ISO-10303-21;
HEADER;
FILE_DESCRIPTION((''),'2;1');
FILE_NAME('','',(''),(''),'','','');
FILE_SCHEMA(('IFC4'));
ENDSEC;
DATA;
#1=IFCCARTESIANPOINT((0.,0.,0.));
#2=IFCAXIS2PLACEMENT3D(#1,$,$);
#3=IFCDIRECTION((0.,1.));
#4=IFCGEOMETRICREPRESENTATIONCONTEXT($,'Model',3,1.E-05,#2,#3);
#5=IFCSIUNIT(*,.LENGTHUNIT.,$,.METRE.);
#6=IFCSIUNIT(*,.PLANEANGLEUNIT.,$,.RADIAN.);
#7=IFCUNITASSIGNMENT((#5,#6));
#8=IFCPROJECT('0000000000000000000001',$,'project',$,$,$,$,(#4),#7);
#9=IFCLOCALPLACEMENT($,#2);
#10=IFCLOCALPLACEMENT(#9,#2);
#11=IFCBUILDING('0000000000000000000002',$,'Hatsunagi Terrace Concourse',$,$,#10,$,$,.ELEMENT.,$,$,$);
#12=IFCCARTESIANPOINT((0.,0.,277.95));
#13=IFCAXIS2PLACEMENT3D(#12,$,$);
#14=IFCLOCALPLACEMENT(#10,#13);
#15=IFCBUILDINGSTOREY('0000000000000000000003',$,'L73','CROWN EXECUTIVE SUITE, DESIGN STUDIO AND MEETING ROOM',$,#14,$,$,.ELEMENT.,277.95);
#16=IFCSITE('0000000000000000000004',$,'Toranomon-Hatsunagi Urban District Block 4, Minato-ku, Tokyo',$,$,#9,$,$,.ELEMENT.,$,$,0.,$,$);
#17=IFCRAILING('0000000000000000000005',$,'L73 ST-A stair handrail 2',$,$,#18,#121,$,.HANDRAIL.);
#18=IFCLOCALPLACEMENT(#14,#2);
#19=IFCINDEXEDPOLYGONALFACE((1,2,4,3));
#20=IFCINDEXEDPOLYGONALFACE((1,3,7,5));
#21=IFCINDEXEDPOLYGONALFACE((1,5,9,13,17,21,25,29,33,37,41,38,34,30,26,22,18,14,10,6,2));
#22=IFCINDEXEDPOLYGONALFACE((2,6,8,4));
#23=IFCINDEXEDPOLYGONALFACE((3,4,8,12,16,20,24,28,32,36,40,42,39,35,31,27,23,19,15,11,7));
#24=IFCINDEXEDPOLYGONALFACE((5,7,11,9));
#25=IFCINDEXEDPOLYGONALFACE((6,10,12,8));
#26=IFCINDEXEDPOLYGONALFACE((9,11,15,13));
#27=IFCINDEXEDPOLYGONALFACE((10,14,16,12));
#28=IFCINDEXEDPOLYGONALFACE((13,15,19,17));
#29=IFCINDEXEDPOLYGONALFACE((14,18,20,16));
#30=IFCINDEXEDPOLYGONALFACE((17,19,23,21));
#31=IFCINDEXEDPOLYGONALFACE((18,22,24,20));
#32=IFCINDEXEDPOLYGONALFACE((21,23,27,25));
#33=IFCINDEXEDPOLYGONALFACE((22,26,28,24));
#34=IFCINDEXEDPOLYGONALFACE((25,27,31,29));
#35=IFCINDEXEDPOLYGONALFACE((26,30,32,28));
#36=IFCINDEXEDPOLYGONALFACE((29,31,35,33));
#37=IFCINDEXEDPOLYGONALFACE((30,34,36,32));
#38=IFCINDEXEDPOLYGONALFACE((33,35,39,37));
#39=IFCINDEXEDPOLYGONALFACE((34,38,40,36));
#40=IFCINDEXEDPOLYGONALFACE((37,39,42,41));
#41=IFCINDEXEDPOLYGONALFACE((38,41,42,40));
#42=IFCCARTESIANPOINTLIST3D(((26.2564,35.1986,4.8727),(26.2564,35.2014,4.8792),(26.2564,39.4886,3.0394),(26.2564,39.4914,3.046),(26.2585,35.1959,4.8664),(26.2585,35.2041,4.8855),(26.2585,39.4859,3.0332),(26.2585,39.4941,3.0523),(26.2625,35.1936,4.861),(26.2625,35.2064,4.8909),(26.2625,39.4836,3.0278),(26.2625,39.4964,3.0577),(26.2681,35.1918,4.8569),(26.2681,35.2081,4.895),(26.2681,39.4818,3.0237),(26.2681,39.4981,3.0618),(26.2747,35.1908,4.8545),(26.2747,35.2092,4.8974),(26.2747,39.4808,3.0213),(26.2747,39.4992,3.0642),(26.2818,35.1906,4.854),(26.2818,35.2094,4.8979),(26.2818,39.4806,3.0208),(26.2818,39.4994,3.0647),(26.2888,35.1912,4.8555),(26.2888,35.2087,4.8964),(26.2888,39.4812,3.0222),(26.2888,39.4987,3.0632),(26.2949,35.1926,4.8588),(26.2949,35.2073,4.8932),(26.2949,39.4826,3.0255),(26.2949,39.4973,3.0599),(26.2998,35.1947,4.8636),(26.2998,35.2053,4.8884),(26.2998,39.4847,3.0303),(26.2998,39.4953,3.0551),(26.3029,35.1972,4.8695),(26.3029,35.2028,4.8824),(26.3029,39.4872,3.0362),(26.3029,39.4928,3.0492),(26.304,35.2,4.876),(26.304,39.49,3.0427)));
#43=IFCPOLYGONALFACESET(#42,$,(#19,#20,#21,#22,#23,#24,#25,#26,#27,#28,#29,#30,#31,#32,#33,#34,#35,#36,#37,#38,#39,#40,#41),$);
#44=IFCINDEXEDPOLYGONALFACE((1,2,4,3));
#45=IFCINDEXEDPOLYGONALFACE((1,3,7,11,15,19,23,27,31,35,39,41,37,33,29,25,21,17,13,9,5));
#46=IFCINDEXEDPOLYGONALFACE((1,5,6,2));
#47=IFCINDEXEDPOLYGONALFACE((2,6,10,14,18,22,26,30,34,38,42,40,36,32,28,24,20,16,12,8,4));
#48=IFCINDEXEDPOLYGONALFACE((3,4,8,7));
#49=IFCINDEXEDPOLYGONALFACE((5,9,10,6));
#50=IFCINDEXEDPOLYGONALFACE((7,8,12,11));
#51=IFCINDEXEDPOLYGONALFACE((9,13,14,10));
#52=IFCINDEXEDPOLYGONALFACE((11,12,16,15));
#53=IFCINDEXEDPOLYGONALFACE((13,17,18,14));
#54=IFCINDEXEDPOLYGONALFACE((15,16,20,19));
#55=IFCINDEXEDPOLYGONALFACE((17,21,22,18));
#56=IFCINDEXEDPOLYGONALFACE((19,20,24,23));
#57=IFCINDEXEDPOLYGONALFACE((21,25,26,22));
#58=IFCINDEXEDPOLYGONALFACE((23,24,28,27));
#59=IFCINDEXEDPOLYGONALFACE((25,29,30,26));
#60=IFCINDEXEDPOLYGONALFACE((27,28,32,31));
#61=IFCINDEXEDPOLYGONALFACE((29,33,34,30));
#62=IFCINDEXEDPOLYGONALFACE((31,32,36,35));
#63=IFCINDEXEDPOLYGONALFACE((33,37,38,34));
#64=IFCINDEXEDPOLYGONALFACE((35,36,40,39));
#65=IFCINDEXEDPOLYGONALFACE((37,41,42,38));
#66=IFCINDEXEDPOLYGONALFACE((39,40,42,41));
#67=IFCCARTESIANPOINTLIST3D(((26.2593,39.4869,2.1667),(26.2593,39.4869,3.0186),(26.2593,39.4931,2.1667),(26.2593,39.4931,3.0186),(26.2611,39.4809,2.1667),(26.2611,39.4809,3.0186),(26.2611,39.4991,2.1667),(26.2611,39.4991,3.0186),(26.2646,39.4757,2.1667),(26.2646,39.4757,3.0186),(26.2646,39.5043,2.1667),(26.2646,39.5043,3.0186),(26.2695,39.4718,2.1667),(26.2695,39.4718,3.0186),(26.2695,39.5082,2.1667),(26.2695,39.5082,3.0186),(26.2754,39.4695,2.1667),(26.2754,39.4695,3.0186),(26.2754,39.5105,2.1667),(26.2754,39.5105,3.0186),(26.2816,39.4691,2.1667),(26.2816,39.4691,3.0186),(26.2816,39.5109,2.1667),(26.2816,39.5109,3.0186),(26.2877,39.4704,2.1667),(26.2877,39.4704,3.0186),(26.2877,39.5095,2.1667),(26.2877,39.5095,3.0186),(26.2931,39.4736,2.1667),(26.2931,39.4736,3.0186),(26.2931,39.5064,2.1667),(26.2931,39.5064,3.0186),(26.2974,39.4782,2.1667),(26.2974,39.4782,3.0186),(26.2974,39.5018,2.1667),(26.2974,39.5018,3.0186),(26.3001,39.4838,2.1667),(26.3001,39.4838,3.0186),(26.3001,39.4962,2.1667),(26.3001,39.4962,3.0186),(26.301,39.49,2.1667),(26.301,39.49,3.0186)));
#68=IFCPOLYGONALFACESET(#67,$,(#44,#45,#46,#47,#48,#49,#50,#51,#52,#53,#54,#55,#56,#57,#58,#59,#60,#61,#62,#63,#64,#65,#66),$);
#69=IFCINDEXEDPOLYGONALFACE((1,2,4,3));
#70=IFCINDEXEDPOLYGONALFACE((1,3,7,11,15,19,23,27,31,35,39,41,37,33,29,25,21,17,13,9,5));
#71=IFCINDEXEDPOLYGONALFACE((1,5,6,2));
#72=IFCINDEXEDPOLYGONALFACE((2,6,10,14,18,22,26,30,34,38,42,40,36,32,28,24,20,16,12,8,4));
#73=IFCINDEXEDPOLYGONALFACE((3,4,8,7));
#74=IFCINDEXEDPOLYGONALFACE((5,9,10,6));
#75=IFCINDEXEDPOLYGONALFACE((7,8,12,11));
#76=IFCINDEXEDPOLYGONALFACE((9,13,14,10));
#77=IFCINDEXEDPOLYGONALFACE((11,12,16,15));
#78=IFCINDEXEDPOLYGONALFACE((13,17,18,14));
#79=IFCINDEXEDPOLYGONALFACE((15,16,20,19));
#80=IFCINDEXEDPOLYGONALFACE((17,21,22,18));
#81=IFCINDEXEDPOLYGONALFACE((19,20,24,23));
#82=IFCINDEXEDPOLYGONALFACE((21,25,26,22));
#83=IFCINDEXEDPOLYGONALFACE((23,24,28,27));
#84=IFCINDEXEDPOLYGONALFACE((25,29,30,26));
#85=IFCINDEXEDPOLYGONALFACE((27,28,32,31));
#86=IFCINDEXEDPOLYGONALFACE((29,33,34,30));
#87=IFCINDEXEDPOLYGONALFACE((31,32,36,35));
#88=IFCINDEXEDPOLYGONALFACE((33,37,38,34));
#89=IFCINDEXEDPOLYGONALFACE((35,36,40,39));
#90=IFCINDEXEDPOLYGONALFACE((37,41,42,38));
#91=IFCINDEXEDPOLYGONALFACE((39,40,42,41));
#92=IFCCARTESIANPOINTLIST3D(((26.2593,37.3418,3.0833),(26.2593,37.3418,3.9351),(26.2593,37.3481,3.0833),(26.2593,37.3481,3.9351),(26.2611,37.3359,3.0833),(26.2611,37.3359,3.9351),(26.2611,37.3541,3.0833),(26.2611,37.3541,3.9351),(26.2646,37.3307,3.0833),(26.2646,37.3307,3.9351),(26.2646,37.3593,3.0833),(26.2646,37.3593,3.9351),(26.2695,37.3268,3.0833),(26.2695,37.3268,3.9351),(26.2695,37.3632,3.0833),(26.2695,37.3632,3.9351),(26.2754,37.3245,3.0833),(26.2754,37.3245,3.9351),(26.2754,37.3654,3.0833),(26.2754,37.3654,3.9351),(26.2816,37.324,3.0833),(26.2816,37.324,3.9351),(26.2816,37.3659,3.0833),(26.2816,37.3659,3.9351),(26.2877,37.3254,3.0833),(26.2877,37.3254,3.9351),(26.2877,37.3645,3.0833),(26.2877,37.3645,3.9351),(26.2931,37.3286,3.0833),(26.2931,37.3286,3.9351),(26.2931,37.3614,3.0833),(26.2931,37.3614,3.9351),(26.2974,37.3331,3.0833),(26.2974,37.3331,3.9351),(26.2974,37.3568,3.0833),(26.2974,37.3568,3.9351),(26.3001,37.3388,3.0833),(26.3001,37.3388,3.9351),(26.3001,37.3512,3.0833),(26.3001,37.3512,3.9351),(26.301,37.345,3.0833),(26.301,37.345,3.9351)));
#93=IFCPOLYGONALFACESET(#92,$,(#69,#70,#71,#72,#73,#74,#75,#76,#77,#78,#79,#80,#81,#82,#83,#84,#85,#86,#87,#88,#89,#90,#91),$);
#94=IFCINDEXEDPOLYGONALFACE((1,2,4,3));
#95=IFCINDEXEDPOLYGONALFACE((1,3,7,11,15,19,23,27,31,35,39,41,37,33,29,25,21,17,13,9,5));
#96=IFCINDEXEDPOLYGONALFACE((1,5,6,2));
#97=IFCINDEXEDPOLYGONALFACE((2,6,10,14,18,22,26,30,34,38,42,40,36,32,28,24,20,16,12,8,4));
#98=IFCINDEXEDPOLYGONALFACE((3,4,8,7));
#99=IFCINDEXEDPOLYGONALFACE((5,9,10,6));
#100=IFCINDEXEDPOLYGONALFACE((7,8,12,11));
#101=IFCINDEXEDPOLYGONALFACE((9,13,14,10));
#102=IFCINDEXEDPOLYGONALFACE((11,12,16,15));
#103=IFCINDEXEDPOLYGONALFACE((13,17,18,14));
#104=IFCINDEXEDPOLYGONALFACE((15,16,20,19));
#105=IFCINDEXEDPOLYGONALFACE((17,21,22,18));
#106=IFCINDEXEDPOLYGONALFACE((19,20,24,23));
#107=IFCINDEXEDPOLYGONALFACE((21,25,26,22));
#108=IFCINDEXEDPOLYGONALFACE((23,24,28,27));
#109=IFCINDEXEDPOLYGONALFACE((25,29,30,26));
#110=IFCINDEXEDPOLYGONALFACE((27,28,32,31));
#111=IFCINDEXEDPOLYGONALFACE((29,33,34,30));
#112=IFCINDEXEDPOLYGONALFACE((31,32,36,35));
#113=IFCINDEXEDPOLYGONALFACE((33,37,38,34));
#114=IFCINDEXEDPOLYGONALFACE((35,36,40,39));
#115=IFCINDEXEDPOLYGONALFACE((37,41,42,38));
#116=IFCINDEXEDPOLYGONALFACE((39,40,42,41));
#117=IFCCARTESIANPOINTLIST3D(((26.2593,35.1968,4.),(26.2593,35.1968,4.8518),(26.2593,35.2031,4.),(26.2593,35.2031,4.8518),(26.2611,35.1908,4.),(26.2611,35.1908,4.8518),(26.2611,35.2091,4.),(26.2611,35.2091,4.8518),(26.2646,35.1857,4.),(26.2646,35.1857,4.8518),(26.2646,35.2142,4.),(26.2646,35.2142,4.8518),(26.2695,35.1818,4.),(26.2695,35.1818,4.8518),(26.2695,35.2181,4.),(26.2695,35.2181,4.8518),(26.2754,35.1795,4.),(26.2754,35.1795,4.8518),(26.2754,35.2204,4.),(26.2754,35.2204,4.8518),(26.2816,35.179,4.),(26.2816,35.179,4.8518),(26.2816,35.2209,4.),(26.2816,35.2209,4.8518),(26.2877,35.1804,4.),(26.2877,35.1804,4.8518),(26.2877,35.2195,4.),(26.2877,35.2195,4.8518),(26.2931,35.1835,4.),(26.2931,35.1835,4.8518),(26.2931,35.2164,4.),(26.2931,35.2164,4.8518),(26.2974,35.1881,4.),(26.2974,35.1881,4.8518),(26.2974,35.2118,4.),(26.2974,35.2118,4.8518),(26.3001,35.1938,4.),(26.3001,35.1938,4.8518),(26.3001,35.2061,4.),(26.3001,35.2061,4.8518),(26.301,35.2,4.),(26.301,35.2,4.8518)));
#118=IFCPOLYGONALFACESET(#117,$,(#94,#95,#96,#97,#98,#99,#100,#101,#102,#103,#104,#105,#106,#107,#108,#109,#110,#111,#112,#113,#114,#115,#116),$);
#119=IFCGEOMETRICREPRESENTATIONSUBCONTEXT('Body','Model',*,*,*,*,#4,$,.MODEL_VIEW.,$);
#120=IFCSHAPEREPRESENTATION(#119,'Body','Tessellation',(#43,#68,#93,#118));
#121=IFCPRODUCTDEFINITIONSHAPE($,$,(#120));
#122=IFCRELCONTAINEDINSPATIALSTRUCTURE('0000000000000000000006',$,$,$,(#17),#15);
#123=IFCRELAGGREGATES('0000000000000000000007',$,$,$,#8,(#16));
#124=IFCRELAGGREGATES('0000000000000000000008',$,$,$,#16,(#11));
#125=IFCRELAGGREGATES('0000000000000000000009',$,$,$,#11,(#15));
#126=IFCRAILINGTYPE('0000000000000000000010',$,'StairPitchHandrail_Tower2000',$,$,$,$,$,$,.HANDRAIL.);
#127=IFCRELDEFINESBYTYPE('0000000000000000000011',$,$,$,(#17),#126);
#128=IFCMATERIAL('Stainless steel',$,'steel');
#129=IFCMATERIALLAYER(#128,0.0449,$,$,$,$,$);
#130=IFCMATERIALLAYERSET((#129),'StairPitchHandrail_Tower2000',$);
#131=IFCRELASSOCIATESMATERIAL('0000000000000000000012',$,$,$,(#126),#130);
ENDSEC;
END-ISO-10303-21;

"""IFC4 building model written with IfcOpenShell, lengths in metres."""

from ifc_helpers import new_model, si_unit, direction, frame, origin, origin_2d, place, context, subcontext, project, spatial, circle, extrude, material, layer, layer_set, type_object, element, save


model = new_model("IFC4")

# Units and contexts
model_context = context("Model", 3, precision=1e-05, world=origin(), true_north=direction((0.0, 1.0)))
body_context = subcontext(model_context, "Body", "Model", "MODEL_VIEW")
ifc_project = project(units=[si_unit("LENGTHUNIT", "METRE"), si_unit("PLANEANGLEUNIT", "RADIAN")], contexts=[model_context])

# Site, building, storey
site_placement = place(None, origin())
site = spatial("IfcSite", under=ifc_project, at=site_placement, Name="Toranomon-Hatsunagi Urban District Block 4, Minato-ku, Tokyo", CompositionType="ELEMENT", RefElevation=0.0)
building_placement = place(site_placement, origin())
building = spatial("IfcBuilding", under=site, at=building_placement, Name="Hatsunagi Terrace Concourse", CompositionType="ELEMENT")
storey_placement = place(building_placement, frame((0.0, 0.0, 277.95)))
storey = spatial("IfcBuildingStorey", under=building, at=storey_placement, Name="L73", Description="CROWN EXECUTIVE SUITE, DESIGN STUDIO AND MEETING ROOM", CompositionType="ELEMENT", Elevation=277.95)

# Railing
ifc_material_1 = material(Name="Stainless steel", Category="steel")
ifc_layer_1 = layer(ifc_material_1, 0.0449)
ifc_layer_set_1 = layer_set([ifc_layer_1], Name="StairPitchHandrail_Tower2000")
railing_type_1 = type_object("IfcRailingType", Name="StairPitchHandrail_Tower2000", PredefinedType="HANDRAIL", material=ifc_layer_set_1)
railing_1_placement = place(storey_placement, frame((26.28, 39.49, 2.1667)))
element("IfcRailing", 1, at=railing_1_placement, inside=storey, type_object=railing_type_1, Name="L73 ST-A stair handrail 2", PredefinedType="HANDRAIL", context=body_context, shape_type="SweptSolid", body=[
    extrude(circle(Radius=0.0239, at=origin_2d()), frame((0.0, 0.0, 0.876), z_axis=(0.0, -0.919559, 0.392953), x_axis=(1.0, 0.0, 0.0)), (0.0, 0.0, 1.0), 4.6653),
    extrude(circle(Radius=0.021, at=origin_2d()), origin(), (0.0, 0.0, 1.0), 0.8518),
    extrude(circle(Radius=0.021, at=origin_2d()), frame((0.0, -2.145, 0.9165)), (0.0, 0.0, 1.0), 0.8518),
    extrude(circle(Radius=0.021, at=origin_2d()), frame((0.0, -4.29, 1.8333)), (0.0, 0.0, 1.0), 0.8518),
])

save(model, "model.ifc")
